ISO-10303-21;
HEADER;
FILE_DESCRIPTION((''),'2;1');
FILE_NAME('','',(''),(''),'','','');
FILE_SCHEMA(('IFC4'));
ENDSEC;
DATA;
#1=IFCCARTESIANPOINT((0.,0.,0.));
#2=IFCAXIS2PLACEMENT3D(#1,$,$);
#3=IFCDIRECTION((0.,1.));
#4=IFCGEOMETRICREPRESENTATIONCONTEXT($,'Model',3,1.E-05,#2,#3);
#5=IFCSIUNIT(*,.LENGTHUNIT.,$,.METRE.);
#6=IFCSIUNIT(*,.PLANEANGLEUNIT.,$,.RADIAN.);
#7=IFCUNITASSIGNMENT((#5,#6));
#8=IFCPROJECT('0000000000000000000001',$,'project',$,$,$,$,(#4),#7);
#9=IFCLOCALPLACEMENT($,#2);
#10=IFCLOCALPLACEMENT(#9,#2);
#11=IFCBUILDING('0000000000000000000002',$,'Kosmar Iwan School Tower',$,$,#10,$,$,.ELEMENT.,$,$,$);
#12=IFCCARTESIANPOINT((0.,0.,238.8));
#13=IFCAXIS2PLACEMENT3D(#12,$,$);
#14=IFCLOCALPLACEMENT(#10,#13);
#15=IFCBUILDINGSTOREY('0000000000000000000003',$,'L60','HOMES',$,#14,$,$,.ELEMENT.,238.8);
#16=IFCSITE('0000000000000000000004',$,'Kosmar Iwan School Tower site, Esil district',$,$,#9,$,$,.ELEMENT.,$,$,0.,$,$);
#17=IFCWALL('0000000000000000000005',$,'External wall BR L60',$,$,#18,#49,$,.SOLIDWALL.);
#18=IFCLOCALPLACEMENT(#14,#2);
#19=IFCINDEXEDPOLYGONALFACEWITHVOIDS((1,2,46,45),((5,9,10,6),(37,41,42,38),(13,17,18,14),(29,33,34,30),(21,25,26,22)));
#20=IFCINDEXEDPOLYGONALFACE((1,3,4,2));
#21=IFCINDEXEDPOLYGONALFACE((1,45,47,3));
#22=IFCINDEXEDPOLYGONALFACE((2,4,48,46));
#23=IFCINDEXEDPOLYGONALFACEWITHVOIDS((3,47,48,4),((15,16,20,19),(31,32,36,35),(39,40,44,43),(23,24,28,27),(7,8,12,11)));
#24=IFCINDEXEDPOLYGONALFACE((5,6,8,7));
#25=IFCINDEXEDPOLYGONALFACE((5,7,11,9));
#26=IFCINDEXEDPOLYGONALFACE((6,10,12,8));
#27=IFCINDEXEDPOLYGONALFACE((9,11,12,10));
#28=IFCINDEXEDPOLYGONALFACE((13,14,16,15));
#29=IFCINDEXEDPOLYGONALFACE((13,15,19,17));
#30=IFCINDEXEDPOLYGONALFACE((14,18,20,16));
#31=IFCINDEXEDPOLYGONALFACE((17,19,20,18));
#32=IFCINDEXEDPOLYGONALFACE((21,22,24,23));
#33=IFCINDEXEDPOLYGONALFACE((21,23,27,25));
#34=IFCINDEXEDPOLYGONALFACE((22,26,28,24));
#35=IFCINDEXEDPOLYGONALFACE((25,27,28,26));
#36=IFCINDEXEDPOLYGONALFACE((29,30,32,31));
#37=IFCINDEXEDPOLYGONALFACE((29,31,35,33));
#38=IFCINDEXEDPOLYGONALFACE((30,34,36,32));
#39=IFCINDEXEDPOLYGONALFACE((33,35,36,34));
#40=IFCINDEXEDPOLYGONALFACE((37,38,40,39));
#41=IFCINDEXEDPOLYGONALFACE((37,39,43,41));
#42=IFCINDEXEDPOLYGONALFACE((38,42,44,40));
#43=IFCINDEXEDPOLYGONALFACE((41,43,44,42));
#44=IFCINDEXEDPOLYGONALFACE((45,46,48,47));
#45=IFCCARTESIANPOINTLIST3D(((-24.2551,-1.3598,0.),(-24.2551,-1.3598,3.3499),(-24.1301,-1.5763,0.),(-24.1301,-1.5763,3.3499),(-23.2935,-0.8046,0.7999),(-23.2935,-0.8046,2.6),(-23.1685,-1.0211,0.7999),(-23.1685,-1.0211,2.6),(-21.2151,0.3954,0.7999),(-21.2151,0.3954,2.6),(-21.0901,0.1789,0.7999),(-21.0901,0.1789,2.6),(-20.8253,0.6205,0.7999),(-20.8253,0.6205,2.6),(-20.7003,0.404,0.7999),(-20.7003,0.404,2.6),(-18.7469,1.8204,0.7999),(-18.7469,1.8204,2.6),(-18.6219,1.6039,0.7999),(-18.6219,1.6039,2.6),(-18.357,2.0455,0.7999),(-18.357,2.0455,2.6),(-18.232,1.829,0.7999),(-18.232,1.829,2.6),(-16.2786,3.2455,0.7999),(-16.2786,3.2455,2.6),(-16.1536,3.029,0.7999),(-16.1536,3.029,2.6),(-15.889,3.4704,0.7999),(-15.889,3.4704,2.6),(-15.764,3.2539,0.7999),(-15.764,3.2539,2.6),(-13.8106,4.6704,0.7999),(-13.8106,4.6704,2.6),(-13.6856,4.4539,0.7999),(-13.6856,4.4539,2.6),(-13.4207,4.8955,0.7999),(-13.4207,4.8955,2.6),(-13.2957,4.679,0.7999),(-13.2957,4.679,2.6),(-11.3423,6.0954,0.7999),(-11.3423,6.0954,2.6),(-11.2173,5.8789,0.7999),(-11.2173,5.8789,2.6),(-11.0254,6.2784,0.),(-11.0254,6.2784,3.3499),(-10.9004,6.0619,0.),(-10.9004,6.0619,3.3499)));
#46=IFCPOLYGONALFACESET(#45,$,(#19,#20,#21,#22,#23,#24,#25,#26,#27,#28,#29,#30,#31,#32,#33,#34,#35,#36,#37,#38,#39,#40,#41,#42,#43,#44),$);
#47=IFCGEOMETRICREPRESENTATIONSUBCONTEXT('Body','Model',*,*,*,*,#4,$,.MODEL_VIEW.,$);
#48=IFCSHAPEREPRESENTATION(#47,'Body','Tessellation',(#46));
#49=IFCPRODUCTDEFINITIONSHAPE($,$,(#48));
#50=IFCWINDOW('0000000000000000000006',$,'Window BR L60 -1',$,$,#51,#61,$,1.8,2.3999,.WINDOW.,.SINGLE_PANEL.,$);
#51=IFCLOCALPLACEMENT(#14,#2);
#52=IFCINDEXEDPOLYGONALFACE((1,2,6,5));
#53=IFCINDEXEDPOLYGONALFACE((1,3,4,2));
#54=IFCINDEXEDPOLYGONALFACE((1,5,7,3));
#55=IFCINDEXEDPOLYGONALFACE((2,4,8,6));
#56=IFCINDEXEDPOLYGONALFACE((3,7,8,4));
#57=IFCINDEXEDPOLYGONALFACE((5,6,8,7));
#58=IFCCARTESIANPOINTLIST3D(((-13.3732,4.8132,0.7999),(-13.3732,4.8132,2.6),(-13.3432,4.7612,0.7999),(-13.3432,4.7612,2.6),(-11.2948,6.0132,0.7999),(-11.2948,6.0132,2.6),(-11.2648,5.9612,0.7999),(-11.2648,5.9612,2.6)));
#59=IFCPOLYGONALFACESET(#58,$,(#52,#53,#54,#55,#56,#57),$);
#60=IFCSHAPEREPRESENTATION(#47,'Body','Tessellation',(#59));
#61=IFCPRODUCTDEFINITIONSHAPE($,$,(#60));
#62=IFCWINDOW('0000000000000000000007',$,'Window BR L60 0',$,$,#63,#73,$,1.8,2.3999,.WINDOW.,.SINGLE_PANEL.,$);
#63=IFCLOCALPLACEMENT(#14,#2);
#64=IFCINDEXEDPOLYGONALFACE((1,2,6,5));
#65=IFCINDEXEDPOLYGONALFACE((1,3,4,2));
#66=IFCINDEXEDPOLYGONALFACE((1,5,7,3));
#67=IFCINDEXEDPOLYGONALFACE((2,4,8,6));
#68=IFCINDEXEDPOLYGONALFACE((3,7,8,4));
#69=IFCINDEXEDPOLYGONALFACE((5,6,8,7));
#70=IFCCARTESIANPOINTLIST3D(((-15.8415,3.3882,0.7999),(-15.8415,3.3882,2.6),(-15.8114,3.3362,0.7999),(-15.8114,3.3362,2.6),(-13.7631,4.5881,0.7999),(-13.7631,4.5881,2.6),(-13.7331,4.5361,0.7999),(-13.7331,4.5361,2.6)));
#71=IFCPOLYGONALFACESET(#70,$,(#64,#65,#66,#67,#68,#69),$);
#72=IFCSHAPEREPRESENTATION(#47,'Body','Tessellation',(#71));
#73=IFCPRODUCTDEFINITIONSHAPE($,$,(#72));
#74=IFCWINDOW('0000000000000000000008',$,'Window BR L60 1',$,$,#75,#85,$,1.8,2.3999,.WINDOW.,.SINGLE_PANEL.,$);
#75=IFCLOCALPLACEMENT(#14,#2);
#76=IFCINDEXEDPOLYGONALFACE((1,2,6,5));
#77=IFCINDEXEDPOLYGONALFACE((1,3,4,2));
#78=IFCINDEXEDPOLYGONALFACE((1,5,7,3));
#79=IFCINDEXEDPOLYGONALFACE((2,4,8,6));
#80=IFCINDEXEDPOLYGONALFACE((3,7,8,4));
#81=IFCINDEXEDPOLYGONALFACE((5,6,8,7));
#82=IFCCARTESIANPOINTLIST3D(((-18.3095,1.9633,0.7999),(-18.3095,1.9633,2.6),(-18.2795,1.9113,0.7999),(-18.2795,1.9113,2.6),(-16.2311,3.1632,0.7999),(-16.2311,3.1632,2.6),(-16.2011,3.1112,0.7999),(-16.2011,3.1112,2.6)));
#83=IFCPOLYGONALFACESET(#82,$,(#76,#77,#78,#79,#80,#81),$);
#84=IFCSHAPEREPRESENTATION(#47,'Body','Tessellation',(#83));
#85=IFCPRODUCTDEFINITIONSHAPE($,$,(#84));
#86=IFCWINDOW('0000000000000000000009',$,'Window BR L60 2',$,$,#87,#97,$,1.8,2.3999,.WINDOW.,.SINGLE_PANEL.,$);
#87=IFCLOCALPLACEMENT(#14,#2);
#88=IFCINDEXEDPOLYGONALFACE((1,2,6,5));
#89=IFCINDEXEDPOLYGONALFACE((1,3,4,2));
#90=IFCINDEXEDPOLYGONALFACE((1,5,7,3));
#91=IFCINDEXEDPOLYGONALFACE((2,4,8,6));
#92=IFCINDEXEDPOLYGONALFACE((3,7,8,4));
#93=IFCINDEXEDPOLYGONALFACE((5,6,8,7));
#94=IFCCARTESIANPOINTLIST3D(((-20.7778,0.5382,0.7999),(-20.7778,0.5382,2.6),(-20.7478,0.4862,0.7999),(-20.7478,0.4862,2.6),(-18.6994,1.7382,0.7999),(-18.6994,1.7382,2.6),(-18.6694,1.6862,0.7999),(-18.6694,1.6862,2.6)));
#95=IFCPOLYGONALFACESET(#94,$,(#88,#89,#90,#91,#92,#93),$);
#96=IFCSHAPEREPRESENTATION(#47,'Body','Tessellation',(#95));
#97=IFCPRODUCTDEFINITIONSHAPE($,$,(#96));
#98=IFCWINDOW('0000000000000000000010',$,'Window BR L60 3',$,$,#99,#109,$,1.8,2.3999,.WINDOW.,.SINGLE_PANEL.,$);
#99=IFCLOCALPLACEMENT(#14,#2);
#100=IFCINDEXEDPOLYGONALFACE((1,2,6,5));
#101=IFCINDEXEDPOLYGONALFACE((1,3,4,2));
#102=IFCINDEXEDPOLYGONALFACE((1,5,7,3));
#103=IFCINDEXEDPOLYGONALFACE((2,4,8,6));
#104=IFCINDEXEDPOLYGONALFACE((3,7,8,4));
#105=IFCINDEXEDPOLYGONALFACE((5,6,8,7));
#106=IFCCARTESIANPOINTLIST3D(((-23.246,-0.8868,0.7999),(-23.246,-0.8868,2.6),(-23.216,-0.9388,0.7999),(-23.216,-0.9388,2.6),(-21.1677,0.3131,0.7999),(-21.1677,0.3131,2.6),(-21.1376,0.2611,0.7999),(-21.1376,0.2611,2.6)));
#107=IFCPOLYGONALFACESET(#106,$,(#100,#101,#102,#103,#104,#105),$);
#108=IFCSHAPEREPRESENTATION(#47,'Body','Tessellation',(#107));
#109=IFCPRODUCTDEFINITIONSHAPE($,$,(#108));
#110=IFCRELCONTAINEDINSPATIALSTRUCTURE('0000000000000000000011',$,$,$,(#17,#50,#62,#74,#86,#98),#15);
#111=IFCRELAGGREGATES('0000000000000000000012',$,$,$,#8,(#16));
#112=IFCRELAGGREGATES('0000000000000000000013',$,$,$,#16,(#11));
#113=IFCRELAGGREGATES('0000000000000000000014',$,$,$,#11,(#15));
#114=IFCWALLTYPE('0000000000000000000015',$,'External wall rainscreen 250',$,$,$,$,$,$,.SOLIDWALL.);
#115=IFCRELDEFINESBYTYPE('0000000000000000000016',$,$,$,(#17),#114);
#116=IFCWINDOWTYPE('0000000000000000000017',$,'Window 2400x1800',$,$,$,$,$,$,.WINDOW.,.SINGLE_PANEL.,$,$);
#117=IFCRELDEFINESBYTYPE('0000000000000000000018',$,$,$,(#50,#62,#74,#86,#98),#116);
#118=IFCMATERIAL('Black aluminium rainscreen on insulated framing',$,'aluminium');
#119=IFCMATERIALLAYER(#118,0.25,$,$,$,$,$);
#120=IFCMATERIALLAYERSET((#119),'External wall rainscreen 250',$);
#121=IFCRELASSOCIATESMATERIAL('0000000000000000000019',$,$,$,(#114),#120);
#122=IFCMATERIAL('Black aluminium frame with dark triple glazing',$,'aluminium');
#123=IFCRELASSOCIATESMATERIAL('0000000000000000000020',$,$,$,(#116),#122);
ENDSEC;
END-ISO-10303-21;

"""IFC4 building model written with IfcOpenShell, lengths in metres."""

from ifc_helpers import new_model, si_unit, direction, frame, frame_2d, origin, place, context, subcontext, project, spatial, rectangle, extrude, material, layer, layer_set, type_object, element, fill, save


model = new_model("IFC4")

# Units and contexts
model_context = context("Model", 3, precision=1e-05, world=origin(), true_north=direction((0.0, 1.0)))
body_context = subcontext(model_context, "Body", "Model", "MODEL_VIEW")
ifc_project = project(units=[si_unit("LENGTHUNIT", "METRE"), si_unit("PLANEANGLEUNIT", "RADIAN")], contexts=[model_context])

# Site, building, storey
site_placement = place(None, origin())
site = spatial("IfcSite", under=ifc_project, at=site_placement, Name="Kosmar Iwan School Tower site, Esil district", CompositionType="ELEMENT", RefElevation=0.0)
building_placement = place(site_placement, origin())
building = spatial("IfcBuilding", under=site, at=building_placement, Name="Kosmar Iwan School Tower", CompositionType="ELEMENT")
storey_placement = place(building_placement, frame((0.0, 0.0, 238.8)))
storey = spatial("IfcBuildingStorey", under=building, at=storey_placement, Name="L60", Description="HOMES", CompositionType="ELEMENT", Elevation=238.8)

# Wall, openings, windows
ifc_material_1 = material(Name="Black aluminium rainscreen on insulated framing", Category="aluminium")
ifc_layer_1 = layer(ifc_material_1, 0.25)
ifc_layer_set_1 = layer_set([ifc_layer_1], Name="External wall rainscreen 250")
wall_type_1 = type_object("IfcWallType", Name="External wall rainscreen 250", PredefinedType="SOLIDWALL", material=ifc_layer_set_1)
ifc_material_2 = material(Name="Black aluminium frame with dark triple glazing", Category="aluminium")
window_type = type_object("IfcWindowType", Name="Window 2400x1800", PartitioningType="SINGLE_PANEL", PredefinedType="WINDOW", material=ifc_material_2)
wall_1_placement = place(storey_placement, frame((-10.9629, 6.1702, 0.0), z_axis=(0.0, 0.0, 1.0), x_axis=(-0.866026, -0.5, 0.0)))
wall_1 = element("IfcWall", 1, at=wall_1_placement, inside=storey, type_object=wall_type_1, Name="External wall BR L60", PredefinedType="SOLIDWALL", context=body_context, shape_type="SweptSolid", body=[
    extrude(rectangle(XDim=15.2764, YDim=0.25, at=frame_2d((7.6382, 0.0))), origin(), (0.0, 0.0, 1.0), 3.3499),
])
opening_1_placement = place(wall_1_placement, frame((0.366, 0.0, 0.8)))
opening_1 = element("IfcOpeningElement", 2, at=opening_1_placement, cuts=wall_1, PredefinedType="OPENING", context=body_context, shape_type="SweptSolid", body=[
    extrude(rectangle(XDim=2.3999, YDim=1.8, at=frame_2d((1.2, 0.8999))), frame((0.0, 0.137, 0.0), z_axis=(0.0, -1.0, 0.0), x_axis=(1.0, 0.0, 0.0)), (0.0, 0.0, 1.0), 0.2739),
])
opening_2_placement = place(wall_1_placement, frame((3.2161, 0.0, 0.8)))
opening_2 = element("IfcOpeningElement", 3, at=opening_2_placement, cuts=wall_1, PredefinedType="OPENING", context=body_context, shape_type="SweptSolid", body=[
    extrude(rectangle(XDim=2.3999, YDim=1.8, at=frame_2d((1.2, 0.8999))), frame((0.0, 0.137, 0.0), z_axis=(0.0, -1.0, 0.0), x_axis=(1.0, 0.0, 0.0)), (0.0, 0.0, 1.0), 0.2739),
])
opening_3_placement = place(wall_1_placement, frame((6.0659, 0.0, 0.8)))
opening_3 = element("IfcOpeningElement", 4, at=opening_3_placement, cuts=wall_1, PredefinedType="OPENING", context=body_context, shape_type="SweptSolid", body=[
    extrude(rectangle(XDim=2.3999, YDim=1.8, at=frame_2d((1.2, 0.8999))), frame((0.0, 0.137, 0.0), z_axis=(0.0, -1.0, 0.0), x_axis=(1.0, 0.0, 0.0)), (0.0, 0.0, 1.0), 0.2739),
])
opening_4_placement = place(wall_1_placement, frame((8.916, 0.0, 0.8)))
opening_4 = element("IfcOpeningElement", 5, at=opening_4_placement, cuts=wall_1, PredefinedType="OPENING", context=body_context, shape_type="SweptSolid", body=[
    extrude(rectangle(XDim=2.3999, YDim=1.8, at=frame_2d((1.2, 0.8999))), frame((0.0, 0.137, 0.0), z_axis=(0.0, -1.0, 0.0), x_axis=(1.0, 0.0, 0.0)), (0.0, 0.0, 1.0), 0.2739),
])
opening_5_placement = place(wall_1_placement, frame((11.7661, 0.0, 0.8)))
opening_5 = element("IfcOpeningElement", 6, at=opening_5_placement, cuts=wall_1, PredefinedType="OPENING", context=body_context, shape_type="SweptSolid", body=[
    extrude(rectangle(XDim=2.3999, YDim=1.8, at=frame_2d((1.2, 0.8999))), frame((0.0, 0.137, 0.0), z_axis=(0.0, -1.0, 0.0), x_axis=(1.0, 0.0, 0.0)), (0.0, 0.0, 1.0), 0.2739),
])
window_1_placement = place(opening_1_placement, origin())
window_1 = element("IfcWindow", 7, at=window_1_placement, inside=storey, type_object=window_type, Name="Window BR L60 -1", OverallHeight=1.8, OverallWidth=2.3999, PartitioningType="SINGLE_PANEL", PredefinedType="WINDOW", context=body_context, shape_type="SweptSolid", body=[
    extrude(rectangle(XDim=2.3999, YDim=1.8, at=frame_2d((1.2, 0.8999))), frame((0.0, 0.03, 0.0), z_axis=(0.0, -1.0, 0.0), x_axis=(1.0, 0.0, 0.0)), (0.0, 0.0, 1.0), 0.0601),
])
fill(opening_1, window_1)
window_2_placement = place(opening_2_placement, origin())
window_2 = element("IfcWindow", 8, at=window_2_placement, inside=storey, type_object=window_type, Name="Window BR L60 0", OverallHeight=1.8, OverallWidth=2.3999, PartitioningType="SINGLE_PANEL", PredefinedType="WINDOW", context=body_context, shape_type="SweptSolid", body=[
    extrude(rectangle(XDim=2.3999, YDim=1.8, at=frame_2d((1.2, 0.8999))), frame((0.0, 0.03, 0.0), z_axis=(0.0, -1.0, 0.0), x_axis=(1.0, 0.0, 0.0)), (0.0, 0.0, 1.0), 0.0601),
])
fill(opening_2, window_2)
window_3_placement = place(opening_3_placement, origin())
window_3 = element("IfcWindow", 9, at=window_3_placement, inside=storey, type_object=window_type, Name="Window BR L60 1", OverallHeight=1.8, OverallWidth=2.3999, PartitioningType="SINGLE_PANEL", PredefinedType="WINDOW", context=body_context, shape_type="SweptSolid", body=[
    extrude(rectangle(XDim=2.3999, YDim=1.8, at=frame_2d((1.2, 0.8999))), frame((0.0, 0.03, 0.0), z_axis=(0.0, -1.0, 0.0), x_axis=(1.0, 0.0, 0.0)), (0.0, 0.0, 1.0), 0.0601),
])
fill(opening_3, window_3)
window_4_placement = place(opening_4_placement, origin())
window_4 = element("IfcWindow", 10, at=window_4_placement, inside=storey, type_object=window_type, Name="Window BR L60 2", OverallHeight=1.8, OverallWidth=2.3999, PartitioningType="SINGLE_PANEL", PredefinedType="WINDOW", context=body_context, shape_type="SweptSolid", body=[
    extrude(rectangle(XDim=2.3999, YDim=1.8, at=frame_2d((1.2, 0.8999))), frame((0.0, 0.03, 0.0), z_axis=(0.0, -1.0, 0.0), x_axis=(1.0, 0.0, 0.0)), (0.0, 0.0, 1.0), 0.0601),
])
fill(opening_4, window_4)
window_5_placement = place(opening_5_placement, origin())
window_5 = element("IfcWindow", 11, at=window_5_placement, inside=storey, type_object=window_type, Name="Window BR L60 3", OverallHeight=1.8, OverallWidth=2.3999, PartitioningType="SINGLE_PANEL", PredefinedType="WINDOW", context=body_context, shape_type="SweptSolid", body=[
    extrude(rectangle(XDim=2.3999, YDim=1.8, at=frame_2d((1.2, 0.8999))), frame((0.0, 0.03, 0.0), z_axis=(0.0, -1.0, 0.0), x_axis=(1.0, 0.0, 0.0)), (0.0, 0.0, 1.0), 0.0601),
])
fill(opening_5, window_5)

save(model, "model.ifc")
